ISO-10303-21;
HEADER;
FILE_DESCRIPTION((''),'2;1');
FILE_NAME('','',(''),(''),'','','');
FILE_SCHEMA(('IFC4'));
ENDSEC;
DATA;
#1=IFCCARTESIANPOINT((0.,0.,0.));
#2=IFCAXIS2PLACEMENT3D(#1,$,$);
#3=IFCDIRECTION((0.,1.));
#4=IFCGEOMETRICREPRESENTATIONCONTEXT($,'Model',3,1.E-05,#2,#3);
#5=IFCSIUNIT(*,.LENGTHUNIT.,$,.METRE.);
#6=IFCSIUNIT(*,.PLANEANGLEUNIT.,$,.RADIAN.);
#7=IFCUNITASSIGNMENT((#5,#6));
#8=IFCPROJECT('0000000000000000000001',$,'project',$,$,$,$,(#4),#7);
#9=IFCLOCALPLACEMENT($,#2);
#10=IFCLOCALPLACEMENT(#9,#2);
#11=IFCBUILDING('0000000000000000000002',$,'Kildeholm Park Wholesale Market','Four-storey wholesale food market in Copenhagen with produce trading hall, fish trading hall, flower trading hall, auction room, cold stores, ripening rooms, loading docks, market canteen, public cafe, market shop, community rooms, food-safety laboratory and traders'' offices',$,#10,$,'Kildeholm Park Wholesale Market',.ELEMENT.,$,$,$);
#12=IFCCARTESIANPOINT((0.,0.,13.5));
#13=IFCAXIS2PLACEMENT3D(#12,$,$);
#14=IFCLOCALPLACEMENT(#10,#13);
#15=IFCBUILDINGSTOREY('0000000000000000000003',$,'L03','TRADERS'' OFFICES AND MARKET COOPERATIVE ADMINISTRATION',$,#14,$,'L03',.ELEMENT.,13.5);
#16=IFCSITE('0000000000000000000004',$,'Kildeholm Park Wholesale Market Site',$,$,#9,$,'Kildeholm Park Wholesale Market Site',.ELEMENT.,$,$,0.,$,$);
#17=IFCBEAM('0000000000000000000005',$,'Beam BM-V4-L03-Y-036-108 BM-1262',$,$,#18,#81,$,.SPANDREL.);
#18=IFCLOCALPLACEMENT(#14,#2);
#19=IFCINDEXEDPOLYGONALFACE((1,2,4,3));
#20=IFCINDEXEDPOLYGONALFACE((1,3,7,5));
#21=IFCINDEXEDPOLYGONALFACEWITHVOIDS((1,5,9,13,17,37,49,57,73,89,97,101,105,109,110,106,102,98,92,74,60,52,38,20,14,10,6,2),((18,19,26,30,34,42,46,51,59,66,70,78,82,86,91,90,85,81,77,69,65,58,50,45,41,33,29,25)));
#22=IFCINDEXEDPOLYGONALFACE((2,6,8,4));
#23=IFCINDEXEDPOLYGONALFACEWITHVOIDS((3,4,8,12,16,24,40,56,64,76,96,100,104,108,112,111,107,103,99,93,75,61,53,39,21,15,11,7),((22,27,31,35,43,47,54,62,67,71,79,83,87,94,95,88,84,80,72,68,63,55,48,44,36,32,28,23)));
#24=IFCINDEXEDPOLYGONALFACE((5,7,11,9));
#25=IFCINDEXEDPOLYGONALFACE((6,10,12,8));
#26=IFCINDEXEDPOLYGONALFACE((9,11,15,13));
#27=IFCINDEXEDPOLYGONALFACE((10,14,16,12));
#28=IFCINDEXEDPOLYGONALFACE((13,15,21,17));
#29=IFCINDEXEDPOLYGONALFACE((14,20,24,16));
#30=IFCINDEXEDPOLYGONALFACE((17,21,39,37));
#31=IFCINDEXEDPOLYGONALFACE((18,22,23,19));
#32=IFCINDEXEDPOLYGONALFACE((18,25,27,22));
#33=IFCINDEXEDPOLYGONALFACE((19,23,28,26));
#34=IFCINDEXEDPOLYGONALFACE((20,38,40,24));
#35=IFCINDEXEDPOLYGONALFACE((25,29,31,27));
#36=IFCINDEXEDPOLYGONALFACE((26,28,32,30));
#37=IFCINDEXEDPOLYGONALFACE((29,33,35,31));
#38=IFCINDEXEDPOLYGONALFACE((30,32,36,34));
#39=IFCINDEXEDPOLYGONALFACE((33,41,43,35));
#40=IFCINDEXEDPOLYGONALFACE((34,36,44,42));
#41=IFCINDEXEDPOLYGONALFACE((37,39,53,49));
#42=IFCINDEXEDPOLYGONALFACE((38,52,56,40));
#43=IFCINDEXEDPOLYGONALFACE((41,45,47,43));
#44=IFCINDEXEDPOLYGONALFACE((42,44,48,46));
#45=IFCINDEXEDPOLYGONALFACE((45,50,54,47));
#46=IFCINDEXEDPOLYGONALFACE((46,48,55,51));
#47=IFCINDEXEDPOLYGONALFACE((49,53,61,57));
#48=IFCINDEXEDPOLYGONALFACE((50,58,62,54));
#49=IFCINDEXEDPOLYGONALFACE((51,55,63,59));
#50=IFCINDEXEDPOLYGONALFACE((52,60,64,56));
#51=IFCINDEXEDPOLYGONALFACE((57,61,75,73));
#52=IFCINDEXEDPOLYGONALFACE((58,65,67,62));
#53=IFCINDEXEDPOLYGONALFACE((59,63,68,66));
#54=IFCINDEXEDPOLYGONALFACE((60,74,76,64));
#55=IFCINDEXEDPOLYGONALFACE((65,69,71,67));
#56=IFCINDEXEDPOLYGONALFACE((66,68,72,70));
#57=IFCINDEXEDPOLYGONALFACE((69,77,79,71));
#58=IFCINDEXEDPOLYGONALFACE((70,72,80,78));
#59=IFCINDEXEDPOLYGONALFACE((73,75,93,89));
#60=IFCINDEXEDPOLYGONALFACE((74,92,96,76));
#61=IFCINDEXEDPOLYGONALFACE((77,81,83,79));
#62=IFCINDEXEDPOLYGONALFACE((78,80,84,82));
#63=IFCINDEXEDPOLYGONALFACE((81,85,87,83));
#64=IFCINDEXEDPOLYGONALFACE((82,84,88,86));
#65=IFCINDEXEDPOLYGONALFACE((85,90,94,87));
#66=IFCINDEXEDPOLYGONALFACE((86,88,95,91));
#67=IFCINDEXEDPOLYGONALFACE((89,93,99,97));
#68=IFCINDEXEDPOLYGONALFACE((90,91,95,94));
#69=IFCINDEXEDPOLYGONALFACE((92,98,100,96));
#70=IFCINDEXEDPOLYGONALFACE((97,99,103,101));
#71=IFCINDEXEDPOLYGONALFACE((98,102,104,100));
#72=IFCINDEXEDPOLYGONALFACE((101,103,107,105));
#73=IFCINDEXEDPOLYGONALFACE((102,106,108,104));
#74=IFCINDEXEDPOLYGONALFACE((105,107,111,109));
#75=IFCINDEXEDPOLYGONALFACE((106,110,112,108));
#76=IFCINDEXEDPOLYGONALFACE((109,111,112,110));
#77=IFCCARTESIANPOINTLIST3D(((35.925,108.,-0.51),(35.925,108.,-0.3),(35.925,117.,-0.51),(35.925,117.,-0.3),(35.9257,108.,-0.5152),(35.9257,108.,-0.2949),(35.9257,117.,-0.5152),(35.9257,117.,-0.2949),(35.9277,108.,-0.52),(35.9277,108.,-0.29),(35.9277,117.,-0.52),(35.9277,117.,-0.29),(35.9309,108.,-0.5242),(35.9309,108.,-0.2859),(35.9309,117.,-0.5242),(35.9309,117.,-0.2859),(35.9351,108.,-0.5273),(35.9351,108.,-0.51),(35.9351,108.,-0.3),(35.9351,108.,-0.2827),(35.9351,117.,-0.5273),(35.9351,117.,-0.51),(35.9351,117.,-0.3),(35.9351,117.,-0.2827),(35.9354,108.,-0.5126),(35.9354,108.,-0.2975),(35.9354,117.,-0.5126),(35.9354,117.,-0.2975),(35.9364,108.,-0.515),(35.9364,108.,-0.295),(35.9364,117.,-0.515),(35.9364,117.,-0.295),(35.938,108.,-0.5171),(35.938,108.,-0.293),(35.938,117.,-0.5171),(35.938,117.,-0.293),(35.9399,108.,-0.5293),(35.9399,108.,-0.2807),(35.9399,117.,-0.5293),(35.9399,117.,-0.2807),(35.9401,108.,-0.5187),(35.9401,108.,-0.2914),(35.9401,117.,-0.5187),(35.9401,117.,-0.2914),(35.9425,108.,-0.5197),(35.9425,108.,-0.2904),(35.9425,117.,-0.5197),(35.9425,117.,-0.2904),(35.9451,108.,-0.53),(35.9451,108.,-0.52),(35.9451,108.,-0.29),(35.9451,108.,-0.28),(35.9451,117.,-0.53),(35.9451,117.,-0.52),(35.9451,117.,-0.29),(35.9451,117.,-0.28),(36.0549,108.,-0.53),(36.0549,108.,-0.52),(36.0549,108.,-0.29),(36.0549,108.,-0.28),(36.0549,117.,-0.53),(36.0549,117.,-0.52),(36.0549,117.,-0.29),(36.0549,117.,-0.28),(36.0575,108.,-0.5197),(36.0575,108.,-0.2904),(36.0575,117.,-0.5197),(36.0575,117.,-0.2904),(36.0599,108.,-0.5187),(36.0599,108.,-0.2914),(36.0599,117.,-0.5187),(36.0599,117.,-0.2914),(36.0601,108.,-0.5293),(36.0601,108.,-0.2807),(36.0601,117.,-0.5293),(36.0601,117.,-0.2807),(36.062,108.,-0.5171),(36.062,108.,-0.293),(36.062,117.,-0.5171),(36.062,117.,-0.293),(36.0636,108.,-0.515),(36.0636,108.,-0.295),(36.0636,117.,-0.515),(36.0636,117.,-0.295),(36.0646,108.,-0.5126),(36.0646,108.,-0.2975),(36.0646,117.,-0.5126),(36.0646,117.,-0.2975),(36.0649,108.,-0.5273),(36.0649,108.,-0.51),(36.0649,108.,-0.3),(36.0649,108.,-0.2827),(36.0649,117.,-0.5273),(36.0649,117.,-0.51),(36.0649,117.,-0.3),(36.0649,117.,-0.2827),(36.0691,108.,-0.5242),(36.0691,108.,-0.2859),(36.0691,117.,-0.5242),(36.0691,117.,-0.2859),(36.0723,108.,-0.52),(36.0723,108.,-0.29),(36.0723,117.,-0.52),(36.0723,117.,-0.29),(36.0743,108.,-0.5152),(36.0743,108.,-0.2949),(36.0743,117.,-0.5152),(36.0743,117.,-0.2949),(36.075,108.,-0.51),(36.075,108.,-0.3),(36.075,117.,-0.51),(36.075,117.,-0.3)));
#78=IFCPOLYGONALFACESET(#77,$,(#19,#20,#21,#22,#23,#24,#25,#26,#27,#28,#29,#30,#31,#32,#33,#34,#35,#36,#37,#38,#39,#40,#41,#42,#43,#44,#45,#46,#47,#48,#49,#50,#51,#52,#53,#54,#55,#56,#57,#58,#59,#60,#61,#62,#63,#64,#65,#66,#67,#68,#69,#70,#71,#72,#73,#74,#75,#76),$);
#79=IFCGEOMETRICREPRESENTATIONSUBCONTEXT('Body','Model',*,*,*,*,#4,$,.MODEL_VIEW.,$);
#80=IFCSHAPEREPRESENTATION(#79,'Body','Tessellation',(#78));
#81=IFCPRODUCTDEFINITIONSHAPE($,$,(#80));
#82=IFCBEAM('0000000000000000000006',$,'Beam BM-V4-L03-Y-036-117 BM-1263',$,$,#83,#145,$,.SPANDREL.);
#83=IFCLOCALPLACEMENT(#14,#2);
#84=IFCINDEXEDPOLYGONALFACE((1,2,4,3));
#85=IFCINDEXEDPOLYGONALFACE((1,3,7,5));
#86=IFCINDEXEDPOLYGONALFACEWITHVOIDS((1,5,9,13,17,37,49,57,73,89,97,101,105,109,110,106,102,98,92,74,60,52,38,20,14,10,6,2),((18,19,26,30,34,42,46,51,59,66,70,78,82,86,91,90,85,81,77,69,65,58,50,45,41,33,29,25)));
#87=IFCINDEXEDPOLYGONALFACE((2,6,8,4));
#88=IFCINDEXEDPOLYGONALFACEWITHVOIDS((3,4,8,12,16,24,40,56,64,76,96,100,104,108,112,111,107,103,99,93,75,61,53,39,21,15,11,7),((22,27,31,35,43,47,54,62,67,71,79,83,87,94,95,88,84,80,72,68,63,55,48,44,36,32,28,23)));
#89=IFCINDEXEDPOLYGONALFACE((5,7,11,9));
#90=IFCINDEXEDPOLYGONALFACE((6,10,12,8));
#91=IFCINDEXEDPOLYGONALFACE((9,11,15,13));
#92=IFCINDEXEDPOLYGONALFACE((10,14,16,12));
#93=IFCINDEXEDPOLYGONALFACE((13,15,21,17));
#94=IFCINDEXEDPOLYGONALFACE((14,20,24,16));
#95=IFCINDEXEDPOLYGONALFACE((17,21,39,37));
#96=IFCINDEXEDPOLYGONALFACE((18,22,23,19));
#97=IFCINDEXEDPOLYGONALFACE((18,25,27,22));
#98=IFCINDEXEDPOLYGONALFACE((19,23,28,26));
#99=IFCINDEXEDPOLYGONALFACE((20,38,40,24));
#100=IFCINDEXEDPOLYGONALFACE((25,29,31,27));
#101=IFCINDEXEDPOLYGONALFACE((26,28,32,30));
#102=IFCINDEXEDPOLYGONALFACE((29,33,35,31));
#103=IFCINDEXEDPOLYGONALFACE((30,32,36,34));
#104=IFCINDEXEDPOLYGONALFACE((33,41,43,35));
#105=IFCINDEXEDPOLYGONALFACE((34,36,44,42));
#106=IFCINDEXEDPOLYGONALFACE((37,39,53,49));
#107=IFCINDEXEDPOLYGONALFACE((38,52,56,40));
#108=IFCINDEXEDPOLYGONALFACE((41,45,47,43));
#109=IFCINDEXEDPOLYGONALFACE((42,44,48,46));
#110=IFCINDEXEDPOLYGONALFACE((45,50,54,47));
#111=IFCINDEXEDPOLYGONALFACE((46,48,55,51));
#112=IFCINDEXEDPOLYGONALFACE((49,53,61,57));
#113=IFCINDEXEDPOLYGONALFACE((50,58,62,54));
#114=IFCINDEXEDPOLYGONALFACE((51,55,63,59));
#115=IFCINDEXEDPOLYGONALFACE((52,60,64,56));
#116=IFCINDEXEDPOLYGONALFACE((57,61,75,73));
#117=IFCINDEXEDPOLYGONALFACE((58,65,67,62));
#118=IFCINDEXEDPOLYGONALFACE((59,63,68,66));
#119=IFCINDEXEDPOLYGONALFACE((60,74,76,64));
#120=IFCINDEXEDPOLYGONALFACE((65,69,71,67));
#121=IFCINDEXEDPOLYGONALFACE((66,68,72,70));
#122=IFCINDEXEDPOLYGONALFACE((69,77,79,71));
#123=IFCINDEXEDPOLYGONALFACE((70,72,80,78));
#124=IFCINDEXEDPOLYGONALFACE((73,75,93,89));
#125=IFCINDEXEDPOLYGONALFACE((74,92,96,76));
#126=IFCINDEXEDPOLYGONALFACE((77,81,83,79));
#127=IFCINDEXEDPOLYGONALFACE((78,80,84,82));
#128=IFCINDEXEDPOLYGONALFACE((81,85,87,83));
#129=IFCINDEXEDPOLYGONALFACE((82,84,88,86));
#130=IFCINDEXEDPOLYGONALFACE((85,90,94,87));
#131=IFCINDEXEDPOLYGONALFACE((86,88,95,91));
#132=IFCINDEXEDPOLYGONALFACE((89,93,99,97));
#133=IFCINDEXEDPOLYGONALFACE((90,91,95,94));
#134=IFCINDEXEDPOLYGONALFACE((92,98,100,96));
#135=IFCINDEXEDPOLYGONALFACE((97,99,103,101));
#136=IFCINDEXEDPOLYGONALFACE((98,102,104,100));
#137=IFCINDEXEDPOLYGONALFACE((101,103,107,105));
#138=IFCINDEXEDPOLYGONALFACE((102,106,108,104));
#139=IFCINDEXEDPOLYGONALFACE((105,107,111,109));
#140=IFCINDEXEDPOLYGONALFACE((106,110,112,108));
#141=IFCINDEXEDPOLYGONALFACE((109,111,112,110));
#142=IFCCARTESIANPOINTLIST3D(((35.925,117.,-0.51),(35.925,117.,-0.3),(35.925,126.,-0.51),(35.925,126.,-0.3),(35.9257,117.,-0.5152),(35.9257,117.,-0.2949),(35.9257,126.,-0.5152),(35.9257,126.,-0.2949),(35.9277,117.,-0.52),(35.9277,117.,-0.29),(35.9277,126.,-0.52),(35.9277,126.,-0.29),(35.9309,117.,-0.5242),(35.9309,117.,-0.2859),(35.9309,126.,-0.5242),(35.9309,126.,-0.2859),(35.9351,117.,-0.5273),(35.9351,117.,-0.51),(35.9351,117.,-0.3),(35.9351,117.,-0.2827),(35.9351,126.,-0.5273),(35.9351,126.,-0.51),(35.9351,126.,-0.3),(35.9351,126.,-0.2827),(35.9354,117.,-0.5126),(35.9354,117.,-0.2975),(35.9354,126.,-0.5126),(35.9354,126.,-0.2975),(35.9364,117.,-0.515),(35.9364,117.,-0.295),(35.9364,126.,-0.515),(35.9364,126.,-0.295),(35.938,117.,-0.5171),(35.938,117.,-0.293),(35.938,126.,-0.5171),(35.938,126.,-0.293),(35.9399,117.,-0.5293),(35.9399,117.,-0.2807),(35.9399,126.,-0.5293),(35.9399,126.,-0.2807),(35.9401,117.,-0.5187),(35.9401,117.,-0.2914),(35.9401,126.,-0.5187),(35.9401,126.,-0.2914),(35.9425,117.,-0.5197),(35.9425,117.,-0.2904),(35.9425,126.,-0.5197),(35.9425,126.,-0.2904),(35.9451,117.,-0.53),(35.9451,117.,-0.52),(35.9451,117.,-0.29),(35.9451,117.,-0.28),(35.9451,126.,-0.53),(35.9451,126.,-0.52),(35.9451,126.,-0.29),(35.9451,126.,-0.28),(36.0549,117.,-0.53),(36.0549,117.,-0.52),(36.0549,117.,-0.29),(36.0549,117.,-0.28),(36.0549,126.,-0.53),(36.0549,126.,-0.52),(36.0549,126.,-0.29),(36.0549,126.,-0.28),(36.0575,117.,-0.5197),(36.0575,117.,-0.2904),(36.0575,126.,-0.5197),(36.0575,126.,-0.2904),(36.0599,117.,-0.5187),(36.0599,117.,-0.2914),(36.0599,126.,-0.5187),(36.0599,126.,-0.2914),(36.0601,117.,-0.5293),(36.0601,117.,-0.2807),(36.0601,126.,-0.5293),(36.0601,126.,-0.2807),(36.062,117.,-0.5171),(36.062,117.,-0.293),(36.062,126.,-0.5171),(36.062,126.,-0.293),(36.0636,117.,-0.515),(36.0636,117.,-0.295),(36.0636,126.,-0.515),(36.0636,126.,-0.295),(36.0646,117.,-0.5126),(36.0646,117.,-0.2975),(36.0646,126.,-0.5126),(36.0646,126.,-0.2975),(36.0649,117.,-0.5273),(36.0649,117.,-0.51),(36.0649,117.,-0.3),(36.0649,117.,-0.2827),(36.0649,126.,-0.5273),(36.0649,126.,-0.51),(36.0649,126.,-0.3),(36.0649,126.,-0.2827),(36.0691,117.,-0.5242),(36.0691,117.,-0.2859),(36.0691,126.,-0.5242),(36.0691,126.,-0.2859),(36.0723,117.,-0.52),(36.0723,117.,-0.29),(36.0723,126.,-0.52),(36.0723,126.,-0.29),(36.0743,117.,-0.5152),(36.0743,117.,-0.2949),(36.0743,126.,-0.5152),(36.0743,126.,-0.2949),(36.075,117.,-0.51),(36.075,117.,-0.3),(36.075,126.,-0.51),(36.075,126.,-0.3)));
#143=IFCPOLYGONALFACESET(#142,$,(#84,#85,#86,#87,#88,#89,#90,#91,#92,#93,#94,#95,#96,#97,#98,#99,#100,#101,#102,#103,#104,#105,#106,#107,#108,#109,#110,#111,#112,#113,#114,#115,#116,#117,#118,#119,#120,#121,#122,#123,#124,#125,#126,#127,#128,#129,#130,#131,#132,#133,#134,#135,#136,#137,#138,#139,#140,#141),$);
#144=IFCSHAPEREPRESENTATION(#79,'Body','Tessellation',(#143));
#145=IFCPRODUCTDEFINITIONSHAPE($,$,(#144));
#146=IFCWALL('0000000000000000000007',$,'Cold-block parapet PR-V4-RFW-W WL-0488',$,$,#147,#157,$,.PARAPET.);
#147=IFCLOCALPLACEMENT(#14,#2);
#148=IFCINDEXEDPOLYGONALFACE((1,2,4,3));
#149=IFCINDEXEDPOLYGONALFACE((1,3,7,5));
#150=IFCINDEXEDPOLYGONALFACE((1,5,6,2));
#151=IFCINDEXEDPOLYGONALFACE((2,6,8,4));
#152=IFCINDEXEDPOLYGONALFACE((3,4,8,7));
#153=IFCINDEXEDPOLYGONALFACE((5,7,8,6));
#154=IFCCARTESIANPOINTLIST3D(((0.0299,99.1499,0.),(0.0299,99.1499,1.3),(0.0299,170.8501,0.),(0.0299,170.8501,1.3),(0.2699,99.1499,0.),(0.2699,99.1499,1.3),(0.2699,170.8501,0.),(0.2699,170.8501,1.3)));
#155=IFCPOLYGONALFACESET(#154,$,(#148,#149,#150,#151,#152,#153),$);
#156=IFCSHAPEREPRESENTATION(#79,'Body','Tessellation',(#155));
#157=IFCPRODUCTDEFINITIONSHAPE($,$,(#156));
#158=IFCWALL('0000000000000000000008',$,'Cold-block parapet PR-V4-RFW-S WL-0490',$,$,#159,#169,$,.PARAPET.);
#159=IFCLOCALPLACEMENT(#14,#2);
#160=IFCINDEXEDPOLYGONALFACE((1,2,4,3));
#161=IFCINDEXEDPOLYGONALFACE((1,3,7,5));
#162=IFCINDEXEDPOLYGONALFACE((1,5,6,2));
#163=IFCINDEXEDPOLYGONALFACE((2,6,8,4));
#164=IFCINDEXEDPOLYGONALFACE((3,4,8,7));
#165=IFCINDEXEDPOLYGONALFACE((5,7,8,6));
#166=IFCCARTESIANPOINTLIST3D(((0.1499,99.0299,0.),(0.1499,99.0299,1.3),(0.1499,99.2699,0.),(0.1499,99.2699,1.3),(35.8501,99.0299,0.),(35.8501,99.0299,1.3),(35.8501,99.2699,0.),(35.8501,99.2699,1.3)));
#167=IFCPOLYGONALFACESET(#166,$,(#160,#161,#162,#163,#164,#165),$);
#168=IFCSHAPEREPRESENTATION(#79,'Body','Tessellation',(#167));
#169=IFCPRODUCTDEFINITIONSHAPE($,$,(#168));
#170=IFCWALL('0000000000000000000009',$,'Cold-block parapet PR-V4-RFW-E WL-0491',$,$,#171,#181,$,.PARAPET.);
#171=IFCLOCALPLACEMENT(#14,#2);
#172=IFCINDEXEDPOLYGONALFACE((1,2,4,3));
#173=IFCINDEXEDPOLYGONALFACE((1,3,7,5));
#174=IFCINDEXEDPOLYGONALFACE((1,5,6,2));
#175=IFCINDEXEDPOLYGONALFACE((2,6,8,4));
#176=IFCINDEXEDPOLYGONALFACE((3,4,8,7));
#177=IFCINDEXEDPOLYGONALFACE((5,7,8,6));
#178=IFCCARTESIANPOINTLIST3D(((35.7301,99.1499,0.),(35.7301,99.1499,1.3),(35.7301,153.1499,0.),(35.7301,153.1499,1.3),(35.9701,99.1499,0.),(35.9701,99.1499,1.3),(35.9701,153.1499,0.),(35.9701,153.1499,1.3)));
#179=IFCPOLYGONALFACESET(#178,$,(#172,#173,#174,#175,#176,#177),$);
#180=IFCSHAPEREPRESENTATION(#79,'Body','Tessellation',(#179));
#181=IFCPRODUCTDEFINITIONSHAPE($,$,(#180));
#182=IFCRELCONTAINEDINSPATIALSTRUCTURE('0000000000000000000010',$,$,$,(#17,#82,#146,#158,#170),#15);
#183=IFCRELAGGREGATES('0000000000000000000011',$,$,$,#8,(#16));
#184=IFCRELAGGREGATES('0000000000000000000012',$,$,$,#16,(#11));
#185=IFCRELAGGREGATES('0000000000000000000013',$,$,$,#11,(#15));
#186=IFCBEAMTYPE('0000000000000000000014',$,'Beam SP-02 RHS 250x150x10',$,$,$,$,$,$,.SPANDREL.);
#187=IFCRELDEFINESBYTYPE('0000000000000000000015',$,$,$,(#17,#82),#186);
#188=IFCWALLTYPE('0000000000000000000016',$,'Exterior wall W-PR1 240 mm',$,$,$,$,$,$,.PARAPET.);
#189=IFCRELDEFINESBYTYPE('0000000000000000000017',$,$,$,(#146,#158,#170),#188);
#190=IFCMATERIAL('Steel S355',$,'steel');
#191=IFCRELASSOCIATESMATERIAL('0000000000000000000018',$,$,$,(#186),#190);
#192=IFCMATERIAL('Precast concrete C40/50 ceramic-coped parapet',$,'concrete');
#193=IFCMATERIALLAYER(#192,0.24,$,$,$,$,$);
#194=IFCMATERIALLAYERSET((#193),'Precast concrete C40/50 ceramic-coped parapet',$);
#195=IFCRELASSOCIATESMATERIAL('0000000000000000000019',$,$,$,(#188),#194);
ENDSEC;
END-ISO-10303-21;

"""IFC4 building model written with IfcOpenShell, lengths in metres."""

from ifc_helpers import new_model, si_unit, direction, frame, frame_2d, origin, origin_2d, place, context, subcontext, project, spatial, rectangle, hollow_rectangle, extrude, material, layer, layer_set, material_profile, profile_set, type_object, element, save


model = new_model("IFC4")

# Units and contexts
model_context = context("Model", 3, precision=1e-05, world=origin(), true_north=direction((0.0, 1.0)))
body_context = subcontext(model_context, "Body", "Model", "MODEL_VIEW")
ifc_project = project(units=[si_unit("LENGTHUNIT", "METRE"), si_unit("PLANEANGLEUNIT", "RADIAN")], contexts=[model_context])

# Site, building, storey
site_placement = place(None, origin())
site = spatial("IfcSite", under=ifc_project, at=site_placement, Name="Kildeholm Park Wholesale Market Site", LongName="Kildeholm Park Wholesale Market Site", CompositionType="ELEMENT", RefElevation=0.0)
building_placement = place(site_placement, origin())
building = spatial("IfcBuilding", under=site, at=building_placement, Name="Kildeholm Park Wholesale Market", Description="Four-storey wholesale food market in Copenhagen with produce trading hall, fish trading hall, flower trading hall, auction room, cold stores, ripening rooms, loading docks, market canteen, public cafe, market shop, community rooms, food-safety laboratory and traders' offices", LongName="Kildeholm Park Wholesale Market", CompositionType="ELEMENT")
storey_placement = place(building_placement, frame((0.0, 0.0, 13.5)))
storey = spatial("IfcBuildingStorey", under=building, at=storey_placement, Name="L03", Description="TRADERS' OFFICES AND MARKET COOPERATIVE ADMINISTRATION", LongName="L03", CompositionType="ELEMENT", Elevation=13.5)

# Beams
ifc_material_1 = material(Name="Steel S355", Category="steel")
ifc_material_profile_1 = material_profile(ifc_material_1, hollow_rectangle(XDim=0.1499, YDim=0.25, WallThickness=0.01, InnerFilletRadius=0.01, OuterFilletRadius=0.02, at=origin_2d()), Name="RHS 250x150x10")
ifc_profile_set_1 = profile_set([ifc_material_profile_1], Name="Steel S355")
beam_type_1 = type_object("IfcBeamType", Name="Beam SP-02 RHS 250x150x10", PredefinedType="SPANDREL", material=ifc_profile_set_1)
for number, where, z_axis, x_axis, name in (
    (1, (36.0, 108.0, -0.405), (0.0, 1.0, 0.0), (-1.0, 0.0, 0.0), "Beam BM-V4-L03-Y-036-108 BM-1262"),
    (2, (36.0, 117.0, -0.405), (0.0, 1.0, 0.0), (-1.0, 0.0, 0.0), "Beam BM-V4-L03-Y-036-117 BM-1263"),
):
    element("IfcBeam", number, at=place(storey_placement, frame(where, z_axis=z_axis, x_axis=x_axis)), inside=storey, type_object=beam_type_1, Name=name, PredefinedType="SPANDREL", context=body_context, shape_type="SweptSolid", body=[
        extrude(hollow_rectangle(XDim=0.1499, YDim=0.25, WallThickness=0.01, InnerFilletRadius=0.01, OuterFilletRadius=0.02, at=origin_2d()), origin(), (0.0, 0.0, 1.0), 9.0),
    ])

# Walls
ifc_material_2 = material(Name="Precast concrete C40/50 ceramic-coped parapet", Category="concrete")
ifc_layer = layer(ifc_material_2, 0.24)
ifc_layer_set = layer_set([ifc_layer], Name="Precast concrete C40/50 ceramic-coped parapet")
wall_type = type_object("IfcWallType", Name="Exterior wall W-PR1 240 mm", PredefinedType="PARAPET", material=ifc_layer_set)
wall_1_placement = place(storey_placement, frame((0.1499, 99.1499, 0.0), z_axis=(0.0, 0.0, 1.0), x_axis=(0.0, 1.0, 0.0)))
element("IfcWall", 3, at=wall_1_placement, inside=storey, type_object=wall_type, Name="Cold-block parapet PR-V4-RFW-W WL-0488", PredefinedType="PARAPET", context=body_context, shape_type="SweptSolid", body=[
    extrude(rectangle(XDim=71.7002, YDim=0.24, at=frame_2d((35.8501, 0.0))), origin(), (0.0, 0.0, 1.0), 1.3),
])
wall_2_placement = place(storey_placement, frame((0.1499, 99.1499, 0.0), z_axis=(0.0, 0.0, 1.0), x_axis=(1.0, 0.0, 0.0)))
element("IfcWall", 4, at=wall_2_placement, inside=storey, type_object=wall_type, Name="Cold-block parapet PR-V4-RFW-S WL-0490", PredefinedType="PARAPET", context=body_context, shape_type="SweptSolid", body=[
    extrude(rectangle(XDim=35.7002, YDim=0.24, at=frame_2d((17.8501, 0.0))), origin(), (0.0, 0.0, 1.0), 1.3),
])
wall_3_placement = place(storey_placement, frame((35.8501, 99.1499, 0.0), z_axis=(0.0, 0.0, 1.0), x_axis=(0.0, 1.0, 0.0)))
element("IfcWall", 5, at=wall_3_placement, inside=storey, type_object=wall_type, Name="Cold-block parapet PR-V4-RFW-E WL-0491", PredefinedType="PARAPET", context=body_context, shape_type="SweptSolid", body=[
    extrude(rectangle(XDim=54.0, YDim=0.24, at=frame_2d((27.0, 0.0))), origin(), (0.0, 0.0, 1.0), 1.3),
])

save(model, "model.ifc")
